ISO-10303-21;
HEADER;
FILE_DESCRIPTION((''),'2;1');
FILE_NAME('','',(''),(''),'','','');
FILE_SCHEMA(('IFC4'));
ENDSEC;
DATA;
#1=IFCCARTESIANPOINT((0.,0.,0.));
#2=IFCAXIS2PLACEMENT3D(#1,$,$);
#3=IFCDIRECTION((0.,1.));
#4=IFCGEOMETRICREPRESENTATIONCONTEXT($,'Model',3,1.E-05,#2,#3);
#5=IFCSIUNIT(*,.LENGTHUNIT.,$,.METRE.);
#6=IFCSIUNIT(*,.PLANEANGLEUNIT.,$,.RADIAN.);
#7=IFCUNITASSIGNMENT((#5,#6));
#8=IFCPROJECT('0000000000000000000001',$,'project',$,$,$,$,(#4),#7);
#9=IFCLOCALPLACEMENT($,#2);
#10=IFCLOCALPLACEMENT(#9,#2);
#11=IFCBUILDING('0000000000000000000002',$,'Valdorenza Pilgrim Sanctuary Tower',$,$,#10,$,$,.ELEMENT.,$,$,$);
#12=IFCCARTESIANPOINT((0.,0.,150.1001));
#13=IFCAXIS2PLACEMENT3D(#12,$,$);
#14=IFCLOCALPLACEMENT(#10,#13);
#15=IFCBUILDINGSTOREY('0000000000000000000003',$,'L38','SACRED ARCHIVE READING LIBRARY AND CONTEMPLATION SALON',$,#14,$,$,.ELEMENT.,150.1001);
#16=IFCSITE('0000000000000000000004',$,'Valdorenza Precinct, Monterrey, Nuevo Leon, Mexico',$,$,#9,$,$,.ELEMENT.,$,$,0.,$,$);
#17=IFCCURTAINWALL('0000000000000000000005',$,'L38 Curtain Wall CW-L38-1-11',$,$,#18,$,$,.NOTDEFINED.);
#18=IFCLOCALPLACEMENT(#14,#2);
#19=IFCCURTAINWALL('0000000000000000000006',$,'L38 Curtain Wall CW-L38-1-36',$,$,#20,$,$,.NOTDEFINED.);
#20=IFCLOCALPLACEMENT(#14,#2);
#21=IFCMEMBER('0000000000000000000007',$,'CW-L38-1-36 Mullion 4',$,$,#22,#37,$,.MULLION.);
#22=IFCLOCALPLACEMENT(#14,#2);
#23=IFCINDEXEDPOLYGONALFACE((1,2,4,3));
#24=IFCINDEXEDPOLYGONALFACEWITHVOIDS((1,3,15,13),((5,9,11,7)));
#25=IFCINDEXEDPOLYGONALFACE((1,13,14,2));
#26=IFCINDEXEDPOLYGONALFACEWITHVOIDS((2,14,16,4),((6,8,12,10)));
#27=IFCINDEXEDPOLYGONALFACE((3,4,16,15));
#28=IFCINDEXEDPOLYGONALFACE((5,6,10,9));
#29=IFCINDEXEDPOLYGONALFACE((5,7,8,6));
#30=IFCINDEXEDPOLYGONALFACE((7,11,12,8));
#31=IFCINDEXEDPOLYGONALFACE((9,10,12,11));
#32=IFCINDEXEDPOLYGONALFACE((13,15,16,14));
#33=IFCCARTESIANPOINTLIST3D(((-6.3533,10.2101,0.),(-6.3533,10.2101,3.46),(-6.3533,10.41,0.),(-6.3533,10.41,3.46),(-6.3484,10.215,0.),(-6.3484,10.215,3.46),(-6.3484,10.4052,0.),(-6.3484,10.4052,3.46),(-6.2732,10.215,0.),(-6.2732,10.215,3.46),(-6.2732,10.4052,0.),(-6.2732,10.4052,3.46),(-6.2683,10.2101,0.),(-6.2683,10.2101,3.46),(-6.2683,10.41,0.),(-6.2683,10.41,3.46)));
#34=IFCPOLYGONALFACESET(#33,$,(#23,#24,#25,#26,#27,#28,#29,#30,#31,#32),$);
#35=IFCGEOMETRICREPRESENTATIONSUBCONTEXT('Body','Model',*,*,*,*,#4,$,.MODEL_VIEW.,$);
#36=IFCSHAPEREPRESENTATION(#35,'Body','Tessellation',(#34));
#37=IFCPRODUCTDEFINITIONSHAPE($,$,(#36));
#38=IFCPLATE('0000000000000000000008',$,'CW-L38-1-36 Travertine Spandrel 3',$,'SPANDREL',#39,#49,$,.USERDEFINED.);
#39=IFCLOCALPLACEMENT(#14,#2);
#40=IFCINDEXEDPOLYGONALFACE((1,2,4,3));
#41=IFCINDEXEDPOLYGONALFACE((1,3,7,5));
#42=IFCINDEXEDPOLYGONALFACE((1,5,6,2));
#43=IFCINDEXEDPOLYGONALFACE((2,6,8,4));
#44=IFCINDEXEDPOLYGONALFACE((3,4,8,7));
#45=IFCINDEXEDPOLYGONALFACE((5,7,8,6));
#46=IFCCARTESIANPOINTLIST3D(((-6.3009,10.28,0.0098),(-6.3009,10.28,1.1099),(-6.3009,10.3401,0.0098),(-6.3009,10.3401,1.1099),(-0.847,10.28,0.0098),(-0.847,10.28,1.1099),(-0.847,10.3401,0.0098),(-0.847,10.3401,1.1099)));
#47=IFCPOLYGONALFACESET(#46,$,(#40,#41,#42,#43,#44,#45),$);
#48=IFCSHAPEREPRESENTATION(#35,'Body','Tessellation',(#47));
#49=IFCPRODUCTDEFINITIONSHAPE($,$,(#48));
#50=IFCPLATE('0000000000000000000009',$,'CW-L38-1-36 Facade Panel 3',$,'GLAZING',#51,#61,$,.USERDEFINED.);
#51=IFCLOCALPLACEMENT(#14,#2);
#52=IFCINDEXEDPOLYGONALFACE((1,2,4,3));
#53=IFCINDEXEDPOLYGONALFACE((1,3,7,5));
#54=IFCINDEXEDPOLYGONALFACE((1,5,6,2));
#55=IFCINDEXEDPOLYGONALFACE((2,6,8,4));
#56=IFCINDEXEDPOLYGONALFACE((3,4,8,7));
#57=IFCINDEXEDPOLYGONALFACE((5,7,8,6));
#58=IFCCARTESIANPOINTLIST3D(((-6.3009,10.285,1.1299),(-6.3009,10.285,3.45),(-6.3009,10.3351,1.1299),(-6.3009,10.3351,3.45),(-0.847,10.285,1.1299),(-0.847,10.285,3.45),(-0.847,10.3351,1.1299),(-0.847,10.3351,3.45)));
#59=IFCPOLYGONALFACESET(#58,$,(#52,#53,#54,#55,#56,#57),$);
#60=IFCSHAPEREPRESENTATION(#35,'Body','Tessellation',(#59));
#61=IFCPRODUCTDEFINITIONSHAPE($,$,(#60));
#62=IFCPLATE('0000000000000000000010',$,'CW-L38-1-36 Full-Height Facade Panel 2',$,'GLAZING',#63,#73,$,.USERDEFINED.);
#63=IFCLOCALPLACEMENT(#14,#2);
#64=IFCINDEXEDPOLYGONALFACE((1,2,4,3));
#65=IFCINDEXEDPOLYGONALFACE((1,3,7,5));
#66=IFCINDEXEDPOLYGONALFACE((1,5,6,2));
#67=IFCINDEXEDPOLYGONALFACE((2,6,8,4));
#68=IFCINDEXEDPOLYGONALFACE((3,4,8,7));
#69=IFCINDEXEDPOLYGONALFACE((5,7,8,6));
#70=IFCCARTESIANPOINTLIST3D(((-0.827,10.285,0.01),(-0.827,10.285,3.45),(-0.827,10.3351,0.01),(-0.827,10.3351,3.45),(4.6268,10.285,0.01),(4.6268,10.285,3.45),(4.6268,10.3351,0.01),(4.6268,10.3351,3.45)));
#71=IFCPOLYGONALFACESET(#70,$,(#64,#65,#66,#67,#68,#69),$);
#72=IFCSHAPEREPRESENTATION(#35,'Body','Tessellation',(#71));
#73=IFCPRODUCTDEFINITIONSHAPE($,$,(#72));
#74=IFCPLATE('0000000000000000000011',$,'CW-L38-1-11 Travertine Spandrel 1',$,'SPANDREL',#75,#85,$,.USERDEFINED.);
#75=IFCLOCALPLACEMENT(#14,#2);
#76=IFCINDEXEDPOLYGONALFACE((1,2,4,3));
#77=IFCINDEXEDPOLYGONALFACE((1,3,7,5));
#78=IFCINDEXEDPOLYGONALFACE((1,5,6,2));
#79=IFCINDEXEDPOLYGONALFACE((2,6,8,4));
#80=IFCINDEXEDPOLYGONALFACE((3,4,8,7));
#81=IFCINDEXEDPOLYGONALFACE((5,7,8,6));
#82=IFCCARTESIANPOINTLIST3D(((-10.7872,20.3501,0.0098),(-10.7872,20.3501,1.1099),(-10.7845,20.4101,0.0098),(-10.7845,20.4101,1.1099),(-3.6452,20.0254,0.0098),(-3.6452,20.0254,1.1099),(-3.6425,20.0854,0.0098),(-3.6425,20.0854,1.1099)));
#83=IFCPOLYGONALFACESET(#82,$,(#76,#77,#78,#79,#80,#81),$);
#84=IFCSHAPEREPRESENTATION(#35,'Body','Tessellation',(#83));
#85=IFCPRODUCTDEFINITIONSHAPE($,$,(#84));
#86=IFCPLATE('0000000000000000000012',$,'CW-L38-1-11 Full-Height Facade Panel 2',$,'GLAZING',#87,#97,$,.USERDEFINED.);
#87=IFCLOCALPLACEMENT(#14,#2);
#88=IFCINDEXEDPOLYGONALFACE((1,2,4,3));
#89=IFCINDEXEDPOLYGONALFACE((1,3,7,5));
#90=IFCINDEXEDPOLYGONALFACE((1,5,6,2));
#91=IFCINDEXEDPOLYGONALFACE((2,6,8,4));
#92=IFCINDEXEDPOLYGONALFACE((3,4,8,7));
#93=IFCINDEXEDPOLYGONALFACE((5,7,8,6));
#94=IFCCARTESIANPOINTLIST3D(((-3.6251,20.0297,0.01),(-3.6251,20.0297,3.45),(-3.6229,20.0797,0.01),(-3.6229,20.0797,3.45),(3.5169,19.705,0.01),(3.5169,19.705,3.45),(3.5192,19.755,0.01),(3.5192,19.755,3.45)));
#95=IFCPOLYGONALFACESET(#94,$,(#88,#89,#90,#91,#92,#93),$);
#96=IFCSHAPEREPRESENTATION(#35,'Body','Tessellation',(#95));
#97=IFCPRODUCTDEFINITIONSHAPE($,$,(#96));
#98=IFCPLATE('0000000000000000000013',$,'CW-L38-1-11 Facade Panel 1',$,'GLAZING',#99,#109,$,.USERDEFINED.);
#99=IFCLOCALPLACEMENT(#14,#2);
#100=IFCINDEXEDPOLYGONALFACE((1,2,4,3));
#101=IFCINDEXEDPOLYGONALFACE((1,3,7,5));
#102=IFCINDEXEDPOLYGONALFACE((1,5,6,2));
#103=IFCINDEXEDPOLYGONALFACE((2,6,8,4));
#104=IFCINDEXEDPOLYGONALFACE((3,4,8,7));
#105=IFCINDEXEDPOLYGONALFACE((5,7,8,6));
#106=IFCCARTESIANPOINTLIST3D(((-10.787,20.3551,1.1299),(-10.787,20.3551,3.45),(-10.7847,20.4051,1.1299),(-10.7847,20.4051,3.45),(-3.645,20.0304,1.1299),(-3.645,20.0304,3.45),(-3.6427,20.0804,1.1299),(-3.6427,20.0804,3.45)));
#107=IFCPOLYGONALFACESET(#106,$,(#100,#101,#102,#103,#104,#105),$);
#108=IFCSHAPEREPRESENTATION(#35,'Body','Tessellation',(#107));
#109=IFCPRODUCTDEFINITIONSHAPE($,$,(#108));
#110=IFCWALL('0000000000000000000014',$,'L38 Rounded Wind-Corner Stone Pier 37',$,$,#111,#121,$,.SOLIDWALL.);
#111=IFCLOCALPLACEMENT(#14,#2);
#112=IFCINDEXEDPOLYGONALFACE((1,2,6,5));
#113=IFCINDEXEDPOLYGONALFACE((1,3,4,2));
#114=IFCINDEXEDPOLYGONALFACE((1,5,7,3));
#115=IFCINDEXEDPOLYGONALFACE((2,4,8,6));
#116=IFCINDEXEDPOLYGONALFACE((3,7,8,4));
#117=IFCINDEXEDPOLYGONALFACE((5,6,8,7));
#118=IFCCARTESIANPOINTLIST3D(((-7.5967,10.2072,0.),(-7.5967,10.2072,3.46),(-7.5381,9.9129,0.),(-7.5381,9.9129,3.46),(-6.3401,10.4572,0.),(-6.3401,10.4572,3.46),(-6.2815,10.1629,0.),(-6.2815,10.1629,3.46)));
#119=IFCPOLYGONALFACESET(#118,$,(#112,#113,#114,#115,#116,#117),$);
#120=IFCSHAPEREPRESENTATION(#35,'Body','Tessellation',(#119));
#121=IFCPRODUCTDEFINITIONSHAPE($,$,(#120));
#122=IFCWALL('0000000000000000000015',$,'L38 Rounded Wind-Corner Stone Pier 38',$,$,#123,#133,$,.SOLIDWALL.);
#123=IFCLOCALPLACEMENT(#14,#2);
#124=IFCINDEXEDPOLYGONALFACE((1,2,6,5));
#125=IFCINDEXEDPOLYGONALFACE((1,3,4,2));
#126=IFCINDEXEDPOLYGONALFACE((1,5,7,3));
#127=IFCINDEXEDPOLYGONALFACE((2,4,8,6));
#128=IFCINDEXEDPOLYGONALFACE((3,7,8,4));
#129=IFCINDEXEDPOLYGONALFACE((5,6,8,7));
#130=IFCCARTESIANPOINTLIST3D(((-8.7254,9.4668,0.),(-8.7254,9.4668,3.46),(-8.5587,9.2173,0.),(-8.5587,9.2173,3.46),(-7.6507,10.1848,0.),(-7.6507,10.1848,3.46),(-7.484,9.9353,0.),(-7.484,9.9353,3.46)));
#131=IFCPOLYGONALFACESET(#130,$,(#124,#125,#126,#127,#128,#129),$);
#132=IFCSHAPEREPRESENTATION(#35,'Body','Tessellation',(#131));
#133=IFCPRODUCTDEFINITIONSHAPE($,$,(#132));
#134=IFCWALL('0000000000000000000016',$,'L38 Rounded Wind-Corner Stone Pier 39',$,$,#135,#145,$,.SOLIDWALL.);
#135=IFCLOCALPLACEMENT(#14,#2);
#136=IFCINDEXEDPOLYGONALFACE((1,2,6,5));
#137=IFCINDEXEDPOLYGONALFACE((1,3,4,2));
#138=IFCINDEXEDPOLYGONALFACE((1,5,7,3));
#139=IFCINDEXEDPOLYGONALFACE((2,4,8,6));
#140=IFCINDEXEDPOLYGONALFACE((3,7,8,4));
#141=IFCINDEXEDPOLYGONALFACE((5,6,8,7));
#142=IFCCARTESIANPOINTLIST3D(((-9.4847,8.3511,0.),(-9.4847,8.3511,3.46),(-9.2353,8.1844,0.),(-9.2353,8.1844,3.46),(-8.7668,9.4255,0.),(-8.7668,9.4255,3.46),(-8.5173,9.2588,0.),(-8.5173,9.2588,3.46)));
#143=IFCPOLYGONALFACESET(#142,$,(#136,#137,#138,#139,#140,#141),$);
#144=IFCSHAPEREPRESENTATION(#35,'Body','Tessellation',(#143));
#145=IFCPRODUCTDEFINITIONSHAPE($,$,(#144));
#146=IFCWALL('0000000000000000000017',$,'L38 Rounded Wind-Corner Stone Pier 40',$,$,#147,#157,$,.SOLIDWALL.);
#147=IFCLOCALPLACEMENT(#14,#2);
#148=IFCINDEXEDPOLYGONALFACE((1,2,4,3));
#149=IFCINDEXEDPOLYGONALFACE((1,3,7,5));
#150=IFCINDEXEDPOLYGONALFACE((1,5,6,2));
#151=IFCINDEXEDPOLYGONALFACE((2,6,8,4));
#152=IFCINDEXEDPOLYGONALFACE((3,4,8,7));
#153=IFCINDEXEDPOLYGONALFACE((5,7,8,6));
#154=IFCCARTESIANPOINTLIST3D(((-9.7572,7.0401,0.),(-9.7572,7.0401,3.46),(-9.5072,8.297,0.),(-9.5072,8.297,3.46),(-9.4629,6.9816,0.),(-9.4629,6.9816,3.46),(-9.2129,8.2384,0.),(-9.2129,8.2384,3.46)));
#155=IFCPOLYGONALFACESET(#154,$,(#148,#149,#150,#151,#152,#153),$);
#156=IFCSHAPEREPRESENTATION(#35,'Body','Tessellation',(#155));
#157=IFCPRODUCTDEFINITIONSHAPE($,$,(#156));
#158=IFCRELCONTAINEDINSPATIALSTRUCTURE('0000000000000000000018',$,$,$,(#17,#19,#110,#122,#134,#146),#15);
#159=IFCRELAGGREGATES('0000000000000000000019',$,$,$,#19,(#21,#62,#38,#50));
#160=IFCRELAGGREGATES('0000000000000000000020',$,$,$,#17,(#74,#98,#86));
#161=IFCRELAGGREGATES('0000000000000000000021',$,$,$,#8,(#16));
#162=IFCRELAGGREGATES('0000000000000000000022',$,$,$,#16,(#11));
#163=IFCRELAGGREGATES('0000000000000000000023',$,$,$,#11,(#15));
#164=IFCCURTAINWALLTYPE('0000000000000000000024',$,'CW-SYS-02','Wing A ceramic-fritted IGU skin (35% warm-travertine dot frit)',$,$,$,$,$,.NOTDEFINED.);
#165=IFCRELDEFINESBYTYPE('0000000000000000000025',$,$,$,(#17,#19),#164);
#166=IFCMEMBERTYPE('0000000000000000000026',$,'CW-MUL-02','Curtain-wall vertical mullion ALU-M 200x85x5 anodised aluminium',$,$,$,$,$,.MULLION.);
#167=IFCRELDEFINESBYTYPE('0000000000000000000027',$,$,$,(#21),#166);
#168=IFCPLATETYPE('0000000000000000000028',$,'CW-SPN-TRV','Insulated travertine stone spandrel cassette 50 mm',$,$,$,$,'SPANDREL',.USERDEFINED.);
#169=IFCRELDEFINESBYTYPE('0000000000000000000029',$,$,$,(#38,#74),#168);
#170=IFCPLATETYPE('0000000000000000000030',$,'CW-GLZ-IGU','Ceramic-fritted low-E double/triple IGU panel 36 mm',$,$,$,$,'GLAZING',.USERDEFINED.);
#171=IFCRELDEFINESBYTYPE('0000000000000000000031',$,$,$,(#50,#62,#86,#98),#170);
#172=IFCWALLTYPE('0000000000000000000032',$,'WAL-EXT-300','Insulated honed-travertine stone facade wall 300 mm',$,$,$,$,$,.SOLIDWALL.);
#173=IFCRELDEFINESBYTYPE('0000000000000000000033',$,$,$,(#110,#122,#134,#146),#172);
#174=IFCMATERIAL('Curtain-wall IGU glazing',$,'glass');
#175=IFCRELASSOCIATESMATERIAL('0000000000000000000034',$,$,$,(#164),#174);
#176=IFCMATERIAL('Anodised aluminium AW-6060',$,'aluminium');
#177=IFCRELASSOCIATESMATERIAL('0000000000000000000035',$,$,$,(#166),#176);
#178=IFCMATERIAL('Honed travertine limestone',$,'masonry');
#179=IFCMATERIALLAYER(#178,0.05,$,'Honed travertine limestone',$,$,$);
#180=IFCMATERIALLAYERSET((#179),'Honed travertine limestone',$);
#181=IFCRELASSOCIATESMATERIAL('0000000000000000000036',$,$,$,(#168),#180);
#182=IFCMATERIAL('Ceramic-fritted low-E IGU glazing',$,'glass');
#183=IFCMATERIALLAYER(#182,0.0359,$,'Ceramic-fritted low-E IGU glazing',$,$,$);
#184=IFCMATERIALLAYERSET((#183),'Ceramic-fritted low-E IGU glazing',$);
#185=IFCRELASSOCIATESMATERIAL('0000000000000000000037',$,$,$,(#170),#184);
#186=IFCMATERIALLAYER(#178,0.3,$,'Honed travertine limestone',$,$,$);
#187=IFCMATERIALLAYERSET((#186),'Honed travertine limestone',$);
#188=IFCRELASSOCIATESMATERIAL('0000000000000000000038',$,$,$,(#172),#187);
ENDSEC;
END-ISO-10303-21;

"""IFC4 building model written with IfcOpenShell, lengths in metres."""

from ifc_helpers import new_model, si_unit, direction, frame, frame_2d, origin, origin_2d, place, context, subcontext, project, spatial, rectangle, hollow_rectangle, extrude, source, transform, mapped, material, layer, layer_set, material_profile, profile_set, type_object, element, aggregate, save


model = new_model("IFC4")

# Units and contexts
model_context = context("Model", 3, precision=1e-05, world=origin(), true_north=direction((0.0, 1.0)))
body_context = subcontext(model_context, "Body", "Model", "MODEL_VIEW")
ifc_project = project(units=[si_unit("LENGTHUNIT", "METRE"), si_unit("PLANEANGLEUNIT", "RADIAN")], contexts=[model_context])

# Site, building, storey
site_placement = place(None, origin())
site = spatial("IfcSite", under=ifc_project, at=site_placement, Name="Valdorenza Precinct, Monterrey, Nuevo Leon, Mexico", CompositionType="ELEMENT", RefElevation=0.0)
building_placement = place(site_placement, origin())
building = spatial("IfcBuilding", under=site, at=building_placement, Name="Valdorenza Pilgrim Sanctuary Tower", CompositionType="ELEMENT")
storey_placement = place(building_placement, frame((0.0, 0.0, 150.1001)))
storey = spatial("IfcBuildingStorey", under=building, at=storey_placement, Name="L38", Description="SACRED ARCHIVE READING LIBRARY AND CONTEMPLATION SALON", CompositionType="ELEMENT", Elevation=150.1001)

# Curtain wall
ifc_material_1 = material(Name="Curtain-wall IGU glazing", Category="glass")
curtain_wall_type = type_object("IfcCurtainWallType", Name="CW-SYS-02", Description="Wing A ceramic-fritted IGU skin (35% warm-travertine dot frit)", PredefinedType="NOTDEFINED", material=ifc_material_1)
curtain_wall_1_placement = place(storey_placement, origin())
curtain_wall_1 = element("IfcCurtainWall", 1, at=curtain_wall_1_placement, inside=storey, type_object=curtain_wall_type, Name="L38 Curtain Wall CW-L38-1-11", PredefinedType="NOTDEFINED")
ifc_material_2 = material(Name="Anodised aluminium AW-6060", Category="aluminium")
ifc_material_profile_1 = material_profile(ifc_material_2, hollow_rectangle(XDim=0.085, YDim=0.2, WallThickness=0.0049, at=origin_2d()), Name="ALU-M 200x85x5")
ifc_profile_set_1 = profile_set([ifc_material_profile_1], Name="Anodised aluminium AW-6060")
member_type = type_object("IfcMemberType", Name="CW-MUL-02", Description="Curtain-wall vertical mullion ALU-M 200x85x5 anodised aluminium", PredefinedType="MULLION", material=ifc_profile_set_1)
shared_shape_1 = source(origin(), body_context, "Body", "SweptSolid", [
    extrude(hollow_rectangle(XDim=0.085, YDim=0.2, WallThickness=0.0049, at=origin_2d()), origin(), (0.0, 0.0, 1.0), 3.46),
])

# Curtain wall, member, plates
curtain_wall_2_placement = place(storey_placement, origin())
curtain_wall_2 = element("IfcCurtainWall", 2, at=curtain_wall_2_placement, inside=storey, type_object=curtain_wall_type, Name="L38 Curtain Wall CW-L38-1-36", PredefinedType="NOTDEFINED")
member_1_placement = place(storey_placement, frame((-6.3108, 10.3101, 0.0), z_axis=(0.0, 0.0, 1.0), x_axis=(-1.0, 0.0, 0.0)))
member_1 = element("IfcMember", 3, at=member_1_placement, type_object=member_type, Name="CW-L38-1-36 Mullion 4", PredefinedType="MULLION", context=body_context, shape_type="MappedRepresentation", body=[
    mapped(shared_shape_1, transform((0.0, 0.0, 0.0), x_axis=(1.0, 0.0, 0.0), y_axis=(0.0, 1.0, 0.0), z_axis=(0.0, 0.0, 1.0), scale=1.0)),
])
ifc_material_3 = material(Name="Honed travertine limestone", Category="masonry")
ifc_layer_1 = layer(ifc_material_3, 0.05, Name="Honed travertine limestone")
ifc_layer_set_1 = layer_set([ifc_layer_1], Name="Honed travertine limestone")
plate_type_1 = type_object("IfcPlateType", Name="CW-SPN-TRV", Description="Insulated travertine stone spandrel cassette 50 mm", ElementType="SPANDREL", PredefinedType="USERDEFINED", material=ifc_layer_set_1)
shared_shape_2 = source(origin(), body_context, "Body", "SweptSolid", [
    extrude(rectangle(XDim=5.4539, YDim=0.0601, at=origin_2d()), origin(), (0.0, 0.0, 1.0), 1.1001),
])
plate_1_placement = place(storey_placement, frame((-3.574, 10.3101, 0.0098), z_axis=(0.0, 0.0, 1.0), x_axis=(-1.0, 0.0, 0.0)))
plate_1 = element("IfcPlate", 4, at=plate_1_placement, type_object=plate_type_1, Name="CW-L38-1-36 Travertine Spandrel 3", ObjectType="SPANDREL", PredefinedType="USERDEFINED", context=body_context, shape_type="MappedRepresentation", body=[
    mapped(shared_shape_2, transform((0.0, 0.0, 0.0), x_axis=(1.0, 0.0, 0.0), y_axis=(0.0, 1.0, 0.0), z_axis=(0.0, 0.0, 1.0), scale=1.0)),
])
ifc_material_4 = material(Name="Ceramic-fritted low-E IGU glazing", Category="glass")
ifc_layer_2 = layer(ifc_material_4, 0.0359, Name="Ceramic-fritted low-E IGU glazing")
ifc_layer_set_2 = layer_set([ifc_layer_2], Name="Ceramic-fritted low-E IGU glazing")
plate_type_2 = type_object("IfcPlateType", Name="CW-GLZ-IGU", Description="Ceramic-fritted low-E double/triple IGU panel 36 mm", ElementType="GLAZING", PredefinedType="USERDEFINED", material=ifc_layer_set_2)
shared_shape_3 = source(origin(), body_context, "Body", "SweptSolid", [
    extrude(rectangle(XDim=5.4539, YDim=0.05, at=origin_2d()), origin(), (0.0, 0.0, 1.0), 2.3201),
])
plate_2_placement = place(storey_placement, frame((-3.574, 10.3101, 1.1299), z_axis=(0.0, 0.0, 1.0), x_axis=(-1.0, 0.0, 0.0)))
plate_2 = element("IfcPlate", 5, at=plate_2_placement, type_object=plate_type_2, Name="CW-L38-1-36 Facade Panel 3", ObjectType="GLAZING", PredefinedType="USERDEFINED", context=body_context, shape_type="MappedRepresentation", body=[
    mapped(shared_shape_3, transform((0.0, 0.0, 0.0), x_axis=(1.0, 0.0, 0.0), y_axis=(0.0, 1.0, 0.0), z_axis=(0.0, 0.0, 1.0), scale=1.0)),
])
shared_shape_4 = source(origin(), body_context, "Body", "SweptSolid", [
    extrude(rectangle(XDim=5.4539, YDim=0.05, at=origin_2d()), origin(), (0.0, 0.0, 1.0), 3.4399),
])
plate_3_placement = place(storey_placement, frame((1.8999, 10.3101, 0.01), z_axis=(0.0, 0.0, 1.0), x_axis=(-1.0, 0.0, 0.0)))
plate_3 = element("IfcPlate", 6, at=plate_3_placement, type_object=plate_type_2, Name="CW-L38-1-36 Full-Height Facade Panel 2", ObjectType="GLAZING", PredefinedType="USERDEFINED", context=body_context, shape_type="MappedRepresentation", body=[
    mapped(shared_shape_4, transform((0.0, 0.0, 0.0), x_axis=(1.0, 0.0, 0.0), y_axis=(0.0, 1.0, 0.0), z_axis=(0.0, 0.0, 1.0), scale=1.0)),
])
aggregate(curtain_wall_2, [member_1, plate_3, plate_1, plate_2])

# Plates
shared_shape_5 = source(origin(), body_context, "Body", "SweptSolid", [
    extrude(rectangle(XDim=7.1494, YDim=0.0601, at=origin_2d()), origin(), (0.0, 0.0, 1.0), 1.1001),
])
plate_4_placement = place(storey_placement, frame((-7.2148, 20.2178, 0.0098), z_axis=(0.0, 0.0, 1.0), x_axis=(0.998968, -0.045415, 0.0)))
plate_4 = element("IfcPlate", 7, at=plate_4_placement, type_object=plate_type_1, Name="CW-L38-1-11 Travertine Spandrel 1", ObjectType="SPANDREL", PredefinedType="USERDEFINED", context=body_context, shape_type="MappedRepresentation", body=[
    mapped(shared_shape_5, transform((0.0, 0.0, 0.0), x_axis=(1.0, 0.0, 0.0), y_axis=(0.0, 1.0, 0.0), z_axis=(0.0, 0.0, 1.0), scale=1.0)),
])
shared_shape_6 = source(origin(), body_context, "Body", "SweptSolid", [
    extrude(rectangle(XDim=7.1494, YDim=0.05, at=origin_2d()), origin(), (0.0, 0.0, 1.0), 3.4399),
])
plate_5_placement = place(storey_placement, frame((-0.053, 19.8923, 0.01), z_axis=(0.0, 0.0, 1.0), x_axis=(0.998968, -0.045415, 0.0)))
plate_5 = element("IfcPlate", 8, at=plate_5_placement, type_object=plate_type_2, Name="CW-L38-1-11 Full-Height Facade Panel 2", ObjectType="GLAZING", PredefinedType="USERDEFINED", context=body_context, shape_type="MappedRepresentation", body=[
    mapped(shared_shape_6, transform((0.0, 0.0, 0.0), x_axis=(1.0, 0.0, 0.0), y_axis=(0.0, 1.0, 0.0), z_axis=(0.0, 0.0, 1.0), scale=1.0)),
])
shared_shape_7 = source(origin(), body_context, "Body", "SweptSolid", [
    extrude(rectangle(XDim=7.1494, YDim=0.05, at=origin_2d()), origin(), (0.0, 0.0, 1.0), 2.3201),
])
plate_6_placement = place(storey_placement, frame((-7.2148, 20.2178, 1.1299), z_axis=(0.0, 0.0, 1.0), x_axis=(0.998968, -0.045415, 0.0)))
plate_6 = element("IfcPlate", 9, at=plate_6_placement, type_object=plate_type_2, Name="CW-L38-1-11 Facade Panel 1", ObjectType="GLAZING", PredefinedType="USERDEFINED", context=body_context, shape_type="MappedRepresentation", body=[
    mapped(shared_shape_7, transform((0.0, 0.0, 0.0), x_axis=(1.0, 0.0, 0.0), y_axis=(0.0, 1.0, 0.0), z_axis=(0.0, 0.0, 1.0), scale=1.0)),
])
aggregate(curtain_wall_1, [plate_4, plate_6, plate_5])

# Walls
ifc_layer_3 = layer(ifc_material_3, 0.3, Name="Honed travertine limestone")
ifc_layer_set_3 = layer_set([ifc_layer_3], Name="Honed travertine limestone")
wall_type = type_object("IfcWallType", Name="WAL-EXT-300", Description="Insulated honed-travertine stone facade wall 300 mm", PredefinedType="SOLIDWALL", material=ifc_layer_set_3)
wall_1_placement = place(storey_placement, frame((-6.3108, 10.3101, 0.0), z_axis=(0.0, 0.0, 1.0), x_axis=(-0.980778, -0.195127, 0.0)))
element("IfcWall", 10, at=wall_1_placement, inside=storey, type_object=wall_type, Name="L38 Rounded Wind-Corner Stone Pier 37", PredefinedType="SOLIDWALL", context=body_context, shape_type="SweptSolid", body=[
    extrude(rectangle(XDim=1.2812, YDim=0.3, at=frame_2d((0.6406, 0.0))), origin(), (0.0, 0.0, 1.0), 3.46),
])
wall_2_placement = place(storey_placement, frame((-7.5674, 10.0601, 0.0), z_axis=(0.0, 0.0, 1.0), x_axis=(-0.831498, -0.555528, 0.0)))
element("IfcWall", 11, at=wall_2_placement, inside=storey, type_object=wall_type, Name="L38 Rounded Wind-Corner Stone Pier 38", PredefinedType="SOLIDWALL", context=body_context, shape_type="SweptSolid", body=[
    extrude(rectangle(XDim=1.2925, YDim=0.3, at=frame_2d((0.6462, 0.0))), origin(), (0.0, 0.0, 1.0), 3.46),
])
wall_3_placement = place(storey_placement, frame((-8.6421, 9.342, 0.0), z_axis=(0.0, 0.0, 1.0), x_axis=(-0.555615, -0.831439, 0.0)))
element("IfcWall", 12, at=wall_3_placement, inside=storey, type_object=wall_type, Name="L38 Rounded Wind-Corner Stone Pier 39", PredefinedType="SOLIDWALL", context=body_context, shape_type="SweptSolid", body=[
    extrude(rectangle(XDim=1.2922, YDim=0.3, at=frame_2d((0.646, 0.0))), origin(), (0.0, 0.0, 1.0), 3.46),
])
wall_4_placement = place(storey_placement, frame((-9.3601, 8.2676, 0.0), z_axis=(0.0, 0.0, 1.0), x_axis=(-0.19509, -0.980785, 0.0)))
element("IfcWall", 13, at=wall_4_placement, inside=storey, type_object=wall_type, Name="L38 Rounded Wind-Corner Stone Pier 40", PredefinedType="SOLIDWALL", context=body_context, shape_type="SweptSolid", body=[
    extrude(rectangle(XDim=1.2815, YDim=0.3, at=frame_2d((0.6406, 0.0))), origin(), (0.0, 0.0, 1.0), 3.46),
])

save(model, "model.ifc")
